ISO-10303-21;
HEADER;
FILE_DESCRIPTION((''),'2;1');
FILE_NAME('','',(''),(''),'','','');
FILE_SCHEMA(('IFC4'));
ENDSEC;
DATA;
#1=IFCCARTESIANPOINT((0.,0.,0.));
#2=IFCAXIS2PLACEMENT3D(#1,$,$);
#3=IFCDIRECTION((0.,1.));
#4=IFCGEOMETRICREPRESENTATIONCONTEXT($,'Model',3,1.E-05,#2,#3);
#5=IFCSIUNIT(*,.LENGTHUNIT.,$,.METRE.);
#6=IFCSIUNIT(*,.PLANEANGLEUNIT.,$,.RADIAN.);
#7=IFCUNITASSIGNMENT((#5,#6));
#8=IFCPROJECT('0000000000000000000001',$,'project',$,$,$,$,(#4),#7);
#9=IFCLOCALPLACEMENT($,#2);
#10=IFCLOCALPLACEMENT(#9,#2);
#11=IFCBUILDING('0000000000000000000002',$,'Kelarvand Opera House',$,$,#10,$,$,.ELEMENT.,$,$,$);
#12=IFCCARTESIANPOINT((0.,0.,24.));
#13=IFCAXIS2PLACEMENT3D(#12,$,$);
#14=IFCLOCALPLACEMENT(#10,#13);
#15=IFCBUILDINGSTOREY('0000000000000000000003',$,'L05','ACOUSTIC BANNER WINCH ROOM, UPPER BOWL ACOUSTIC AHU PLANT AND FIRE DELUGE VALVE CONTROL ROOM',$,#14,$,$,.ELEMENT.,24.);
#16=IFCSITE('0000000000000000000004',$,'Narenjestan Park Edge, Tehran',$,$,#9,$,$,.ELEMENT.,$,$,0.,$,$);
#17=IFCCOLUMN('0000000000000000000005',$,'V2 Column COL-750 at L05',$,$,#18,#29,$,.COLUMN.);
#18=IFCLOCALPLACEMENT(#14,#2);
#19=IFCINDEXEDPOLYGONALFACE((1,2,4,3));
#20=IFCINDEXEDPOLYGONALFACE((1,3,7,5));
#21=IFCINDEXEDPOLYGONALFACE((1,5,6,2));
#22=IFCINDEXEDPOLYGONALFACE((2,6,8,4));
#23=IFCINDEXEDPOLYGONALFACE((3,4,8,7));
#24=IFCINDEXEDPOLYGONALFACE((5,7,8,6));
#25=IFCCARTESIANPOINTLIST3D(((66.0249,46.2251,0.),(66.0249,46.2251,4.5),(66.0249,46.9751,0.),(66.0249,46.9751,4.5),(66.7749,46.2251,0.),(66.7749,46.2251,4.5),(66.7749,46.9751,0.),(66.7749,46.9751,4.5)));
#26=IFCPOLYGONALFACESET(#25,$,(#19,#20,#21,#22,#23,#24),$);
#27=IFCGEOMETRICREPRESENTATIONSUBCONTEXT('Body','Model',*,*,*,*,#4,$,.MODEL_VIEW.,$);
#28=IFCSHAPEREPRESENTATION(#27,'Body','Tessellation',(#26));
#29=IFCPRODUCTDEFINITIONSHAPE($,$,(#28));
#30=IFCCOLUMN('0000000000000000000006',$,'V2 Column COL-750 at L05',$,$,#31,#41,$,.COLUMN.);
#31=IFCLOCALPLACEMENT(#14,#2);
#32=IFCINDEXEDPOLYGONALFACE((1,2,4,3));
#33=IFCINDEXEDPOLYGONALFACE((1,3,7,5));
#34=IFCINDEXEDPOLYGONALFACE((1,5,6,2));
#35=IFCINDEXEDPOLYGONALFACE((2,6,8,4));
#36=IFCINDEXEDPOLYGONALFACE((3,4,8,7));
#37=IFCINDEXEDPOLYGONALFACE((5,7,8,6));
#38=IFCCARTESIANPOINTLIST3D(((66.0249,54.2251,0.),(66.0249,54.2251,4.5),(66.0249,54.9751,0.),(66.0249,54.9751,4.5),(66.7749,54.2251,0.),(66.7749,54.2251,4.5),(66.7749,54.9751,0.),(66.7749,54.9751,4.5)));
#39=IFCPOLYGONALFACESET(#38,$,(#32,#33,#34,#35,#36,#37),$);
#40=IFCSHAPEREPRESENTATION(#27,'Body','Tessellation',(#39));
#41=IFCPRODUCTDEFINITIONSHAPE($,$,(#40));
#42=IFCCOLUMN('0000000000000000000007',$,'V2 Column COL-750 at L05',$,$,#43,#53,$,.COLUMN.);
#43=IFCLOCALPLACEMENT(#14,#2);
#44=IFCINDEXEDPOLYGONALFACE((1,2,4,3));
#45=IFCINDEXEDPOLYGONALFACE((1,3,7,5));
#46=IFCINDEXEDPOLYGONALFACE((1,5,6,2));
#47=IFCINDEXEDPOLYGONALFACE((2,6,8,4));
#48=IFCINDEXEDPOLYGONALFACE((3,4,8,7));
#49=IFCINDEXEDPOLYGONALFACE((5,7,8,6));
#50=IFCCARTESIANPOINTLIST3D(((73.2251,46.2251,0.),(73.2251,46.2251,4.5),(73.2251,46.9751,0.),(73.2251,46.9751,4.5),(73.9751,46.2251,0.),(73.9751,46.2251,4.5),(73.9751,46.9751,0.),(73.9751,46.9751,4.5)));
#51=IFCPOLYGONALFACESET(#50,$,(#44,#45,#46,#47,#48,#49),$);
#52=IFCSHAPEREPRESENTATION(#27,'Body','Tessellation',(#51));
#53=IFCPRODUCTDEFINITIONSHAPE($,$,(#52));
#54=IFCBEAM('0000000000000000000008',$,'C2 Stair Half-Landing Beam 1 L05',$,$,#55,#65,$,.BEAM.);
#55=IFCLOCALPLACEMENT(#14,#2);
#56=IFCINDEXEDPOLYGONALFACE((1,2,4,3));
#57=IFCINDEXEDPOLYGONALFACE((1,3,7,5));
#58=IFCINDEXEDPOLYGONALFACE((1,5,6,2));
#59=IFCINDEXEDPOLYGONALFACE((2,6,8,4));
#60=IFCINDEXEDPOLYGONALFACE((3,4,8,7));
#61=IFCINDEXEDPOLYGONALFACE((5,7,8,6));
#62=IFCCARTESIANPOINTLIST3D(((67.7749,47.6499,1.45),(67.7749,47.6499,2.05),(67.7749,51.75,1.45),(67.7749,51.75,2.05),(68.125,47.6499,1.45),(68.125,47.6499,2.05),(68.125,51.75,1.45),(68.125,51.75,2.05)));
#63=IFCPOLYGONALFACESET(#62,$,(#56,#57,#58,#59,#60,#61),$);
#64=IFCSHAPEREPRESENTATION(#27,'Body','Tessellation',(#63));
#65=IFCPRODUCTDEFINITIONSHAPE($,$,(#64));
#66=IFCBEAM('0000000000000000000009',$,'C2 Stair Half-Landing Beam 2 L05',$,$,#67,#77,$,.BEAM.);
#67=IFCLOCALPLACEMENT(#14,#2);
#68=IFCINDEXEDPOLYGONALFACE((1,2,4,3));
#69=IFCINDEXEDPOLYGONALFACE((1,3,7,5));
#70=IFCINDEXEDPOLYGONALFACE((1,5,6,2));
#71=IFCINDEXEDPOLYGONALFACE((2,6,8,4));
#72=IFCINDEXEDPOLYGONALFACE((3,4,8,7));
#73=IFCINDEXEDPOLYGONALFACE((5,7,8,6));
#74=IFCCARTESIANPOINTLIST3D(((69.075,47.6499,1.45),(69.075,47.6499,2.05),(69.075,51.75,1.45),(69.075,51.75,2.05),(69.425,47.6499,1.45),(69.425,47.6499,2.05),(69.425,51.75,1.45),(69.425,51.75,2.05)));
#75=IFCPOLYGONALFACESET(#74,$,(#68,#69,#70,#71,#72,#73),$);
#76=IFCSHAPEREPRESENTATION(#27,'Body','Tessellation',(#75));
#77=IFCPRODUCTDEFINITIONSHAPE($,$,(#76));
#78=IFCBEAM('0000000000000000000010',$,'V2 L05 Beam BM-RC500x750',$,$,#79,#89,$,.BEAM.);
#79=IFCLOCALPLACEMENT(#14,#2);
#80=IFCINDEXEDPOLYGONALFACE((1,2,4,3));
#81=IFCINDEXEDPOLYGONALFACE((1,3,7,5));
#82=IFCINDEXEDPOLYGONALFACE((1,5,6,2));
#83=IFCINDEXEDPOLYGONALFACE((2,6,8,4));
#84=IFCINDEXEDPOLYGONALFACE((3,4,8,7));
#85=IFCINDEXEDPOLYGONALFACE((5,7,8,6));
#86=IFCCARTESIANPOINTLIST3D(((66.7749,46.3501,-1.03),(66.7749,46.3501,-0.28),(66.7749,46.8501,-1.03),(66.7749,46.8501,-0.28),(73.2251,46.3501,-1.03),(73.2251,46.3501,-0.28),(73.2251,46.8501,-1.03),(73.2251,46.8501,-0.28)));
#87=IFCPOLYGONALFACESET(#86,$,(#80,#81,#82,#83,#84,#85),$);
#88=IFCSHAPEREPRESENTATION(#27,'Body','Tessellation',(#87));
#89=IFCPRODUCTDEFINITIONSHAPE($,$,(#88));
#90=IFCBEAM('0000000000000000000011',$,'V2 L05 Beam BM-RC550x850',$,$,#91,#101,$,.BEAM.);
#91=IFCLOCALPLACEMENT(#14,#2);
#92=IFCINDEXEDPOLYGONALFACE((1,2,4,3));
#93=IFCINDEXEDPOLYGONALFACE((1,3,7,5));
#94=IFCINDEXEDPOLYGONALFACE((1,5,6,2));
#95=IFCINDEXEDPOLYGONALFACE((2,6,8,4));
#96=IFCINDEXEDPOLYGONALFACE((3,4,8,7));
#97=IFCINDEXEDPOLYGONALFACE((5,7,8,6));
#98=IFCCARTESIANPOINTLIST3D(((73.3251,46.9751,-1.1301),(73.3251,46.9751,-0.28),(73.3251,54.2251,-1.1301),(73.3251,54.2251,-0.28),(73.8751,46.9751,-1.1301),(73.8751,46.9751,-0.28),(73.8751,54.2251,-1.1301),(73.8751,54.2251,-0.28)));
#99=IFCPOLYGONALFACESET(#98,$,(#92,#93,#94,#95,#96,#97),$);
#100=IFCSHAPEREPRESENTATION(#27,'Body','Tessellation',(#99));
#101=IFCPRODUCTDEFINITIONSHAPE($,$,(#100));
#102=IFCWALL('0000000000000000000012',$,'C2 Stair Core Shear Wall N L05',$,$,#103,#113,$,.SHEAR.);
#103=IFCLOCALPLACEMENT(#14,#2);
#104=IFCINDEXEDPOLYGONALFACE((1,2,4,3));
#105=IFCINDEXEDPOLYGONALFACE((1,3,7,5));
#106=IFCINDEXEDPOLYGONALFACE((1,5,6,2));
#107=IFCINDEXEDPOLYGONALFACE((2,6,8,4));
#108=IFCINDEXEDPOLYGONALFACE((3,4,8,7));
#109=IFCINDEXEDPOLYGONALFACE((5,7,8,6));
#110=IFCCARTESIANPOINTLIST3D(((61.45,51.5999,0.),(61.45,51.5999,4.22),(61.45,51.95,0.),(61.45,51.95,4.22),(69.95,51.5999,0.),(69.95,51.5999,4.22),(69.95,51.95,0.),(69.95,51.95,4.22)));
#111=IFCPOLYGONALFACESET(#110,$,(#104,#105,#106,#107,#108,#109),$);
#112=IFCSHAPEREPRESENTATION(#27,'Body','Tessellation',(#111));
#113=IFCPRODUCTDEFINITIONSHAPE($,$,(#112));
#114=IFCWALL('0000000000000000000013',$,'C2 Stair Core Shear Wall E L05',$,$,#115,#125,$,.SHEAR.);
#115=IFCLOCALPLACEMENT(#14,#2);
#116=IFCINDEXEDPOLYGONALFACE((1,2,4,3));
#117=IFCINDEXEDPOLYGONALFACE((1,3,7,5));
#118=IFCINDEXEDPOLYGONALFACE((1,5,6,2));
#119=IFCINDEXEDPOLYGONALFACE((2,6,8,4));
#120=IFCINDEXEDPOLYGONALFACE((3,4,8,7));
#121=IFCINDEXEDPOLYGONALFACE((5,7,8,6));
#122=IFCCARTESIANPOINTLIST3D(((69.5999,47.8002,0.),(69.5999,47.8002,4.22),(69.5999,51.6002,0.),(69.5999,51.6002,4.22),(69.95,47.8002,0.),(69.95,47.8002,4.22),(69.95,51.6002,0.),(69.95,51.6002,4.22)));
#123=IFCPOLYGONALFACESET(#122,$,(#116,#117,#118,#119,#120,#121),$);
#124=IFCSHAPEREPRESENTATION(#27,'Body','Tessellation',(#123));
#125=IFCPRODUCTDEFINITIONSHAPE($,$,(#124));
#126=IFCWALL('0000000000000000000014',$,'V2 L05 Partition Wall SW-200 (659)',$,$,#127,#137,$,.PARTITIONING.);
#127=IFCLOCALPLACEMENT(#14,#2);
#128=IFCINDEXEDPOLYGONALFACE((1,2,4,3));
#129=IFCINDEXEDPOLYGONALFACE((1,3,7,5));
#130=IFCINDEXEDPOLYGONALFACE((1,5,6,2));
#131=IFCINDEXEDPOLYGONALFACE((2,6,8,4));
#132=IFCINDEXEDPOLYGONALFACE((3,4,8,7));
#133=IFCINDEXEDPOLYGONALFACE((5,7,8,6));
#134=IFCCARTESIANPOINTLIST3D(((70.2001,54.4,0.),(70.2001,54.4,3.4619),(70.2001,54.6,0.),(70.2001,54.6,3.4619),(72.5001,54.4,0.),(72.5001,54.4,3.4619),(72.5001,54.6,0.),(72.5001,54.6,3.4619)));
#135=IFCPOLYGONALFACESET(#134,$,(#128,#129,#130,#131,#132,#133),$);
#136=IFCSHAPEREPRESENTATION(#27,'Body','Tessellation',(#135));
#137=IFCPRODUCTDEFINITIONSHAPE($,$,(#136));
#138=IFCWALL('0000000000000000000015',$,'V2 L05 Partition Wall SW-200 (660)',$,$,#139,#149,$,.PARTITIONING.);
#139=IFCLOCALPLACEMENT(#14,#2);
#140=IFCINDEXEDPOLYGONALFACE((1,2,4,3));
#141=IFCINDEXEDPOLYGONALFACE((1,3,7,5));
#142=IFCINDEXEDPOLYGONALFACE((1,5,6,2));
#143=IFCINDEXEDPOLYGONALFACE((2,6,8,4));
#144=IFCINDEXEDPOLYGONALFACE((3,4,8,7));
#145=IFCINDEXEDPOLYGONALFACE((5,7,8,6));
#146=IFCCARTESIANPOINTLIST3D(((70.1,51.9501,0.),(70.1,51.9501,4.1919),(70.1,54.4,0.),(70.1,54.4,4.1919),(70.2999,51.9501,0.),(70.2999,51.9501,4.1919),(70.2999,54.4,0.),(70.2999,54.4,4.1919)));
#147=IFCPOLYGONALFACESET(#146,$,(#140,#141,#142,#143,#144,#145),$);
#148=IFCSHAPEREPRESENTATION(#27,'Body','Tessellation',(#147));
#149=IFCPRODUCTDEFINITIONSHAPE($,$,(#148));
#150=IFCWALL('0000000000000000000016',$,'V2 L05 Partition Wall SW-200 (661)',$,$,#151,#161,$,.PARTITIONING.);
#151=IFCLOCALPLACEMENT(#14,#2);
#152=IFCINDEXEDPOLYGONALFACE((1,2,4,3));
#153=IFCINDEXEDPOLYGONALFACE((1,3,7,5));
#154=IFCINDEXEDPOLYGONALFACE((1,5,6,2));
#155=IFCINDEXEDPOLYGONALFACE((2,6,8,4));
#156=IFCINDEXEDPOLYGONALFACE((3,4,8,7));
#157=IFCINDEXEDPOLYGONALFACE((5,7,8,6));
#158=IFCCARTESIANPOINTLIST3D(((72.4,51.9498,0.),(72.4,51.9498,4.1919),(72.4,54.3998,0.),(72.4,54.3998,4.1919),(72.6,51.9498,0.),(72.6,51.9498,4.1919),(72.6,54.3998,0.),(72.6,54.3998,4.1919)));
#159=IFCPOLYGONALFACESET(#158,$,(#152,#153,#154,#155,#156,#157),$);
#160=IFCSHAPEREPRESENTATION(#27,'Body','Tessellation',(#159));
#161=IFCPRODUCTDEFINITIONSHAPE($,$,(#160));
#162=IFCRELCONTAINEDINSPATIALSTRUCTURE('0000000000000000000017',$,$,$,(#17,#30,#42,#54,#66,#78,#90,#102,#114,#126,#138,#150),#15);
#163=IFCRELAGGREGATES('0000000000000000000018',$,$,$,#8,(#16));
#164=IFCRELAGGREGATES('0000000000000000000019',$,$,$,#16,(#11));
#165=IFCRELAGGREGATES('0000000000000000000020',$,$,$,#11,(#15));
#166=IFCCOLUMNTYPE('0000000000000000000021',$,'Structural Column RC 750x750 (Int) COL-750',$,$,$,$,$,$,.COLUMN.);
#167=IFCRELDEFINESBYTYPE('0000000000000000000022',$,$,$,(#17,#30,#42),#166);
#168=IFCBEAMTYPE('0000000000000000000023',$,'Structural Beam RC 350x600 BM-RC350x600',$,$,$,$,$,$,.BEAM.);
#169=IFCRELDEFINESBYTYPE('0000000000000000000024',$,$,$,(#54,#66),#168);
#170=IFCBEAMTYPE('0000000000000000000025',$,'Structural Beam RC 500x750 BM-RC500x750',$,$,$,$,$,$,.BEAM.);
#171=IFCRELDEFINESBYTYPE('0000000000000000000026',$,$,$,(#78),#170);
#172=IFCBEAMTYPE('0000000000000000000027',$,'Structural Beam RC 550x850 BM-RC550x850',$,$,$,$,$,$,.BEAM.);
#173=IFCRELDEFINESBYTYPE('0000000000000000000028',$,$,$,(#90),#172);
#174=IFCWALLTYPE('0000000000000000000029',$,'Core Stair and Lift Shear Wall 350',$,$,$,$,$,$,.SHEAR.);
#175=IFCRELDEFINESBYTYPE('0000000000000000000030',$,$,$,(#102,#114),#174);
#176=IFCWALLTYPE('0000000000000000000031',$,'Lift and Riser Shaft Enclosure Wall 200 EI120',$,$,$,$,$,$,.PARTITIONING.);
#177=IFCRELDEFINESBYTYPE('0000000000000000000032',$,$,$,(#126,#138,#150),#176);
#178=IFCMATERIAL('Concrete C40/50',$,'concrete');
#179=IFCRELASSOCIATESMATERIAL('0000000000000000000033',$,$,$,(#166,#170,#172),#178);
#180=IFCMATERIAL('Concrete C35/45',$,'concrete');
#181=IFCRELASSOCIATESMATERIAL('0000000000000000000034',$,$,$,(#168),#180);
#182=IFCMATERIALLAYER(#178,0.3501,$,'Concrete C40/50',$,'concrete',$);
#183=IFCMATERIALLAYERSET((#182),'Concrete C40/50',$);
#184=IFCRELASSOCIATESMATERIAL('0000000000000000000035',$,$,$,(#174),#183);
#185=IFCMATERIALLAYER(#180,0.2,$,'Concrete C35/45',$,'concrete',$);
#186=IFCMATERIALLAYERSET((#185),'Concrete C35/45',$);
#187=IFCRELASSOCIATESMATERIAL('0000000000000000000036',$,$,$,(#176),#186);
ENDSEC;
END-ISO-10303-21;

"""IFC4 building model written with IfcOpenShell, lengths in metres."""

from ifc_helpers import new_model, si_unit, direction, frame, frame_2d, origin, origin_2d, place, context, subcontext, project, spatial, rectangle, extrude, material, layer, layer_set, material_profile, profile_set, type_object, element, save


model = new_model("IFC4")

# Units and contexts
model_context = context("Model", 3, precision=1e-05, world=origin(), true_north=direction((0.0, 1.0)))
body_context = subcontext(model_context, "Body", "Model", "MODEL_VIEW")
ifc_project = project(units=[si_unit("LENGTHUNIT", "METRE"), si_unit("PLANEANGLEUNIT", "RADIAN")], contexts=[model_context])

# Site, building, storey
site_placement = place(None, origin())
site = spatial("IfcSite", under=ifc_project, at=site_placement, Name="Narenjestan Park Edge, Tehran", CompositionType="ELEMENT", RefElevation=0.0)
building_placement = place(site_placement, origin())
building = spatial("IfcBuilding", under=site, at=building_placement, Name="Kelarvand Opera House", CompositionType="ELEMENT")
storey_placement = place(building_placement, frame((0.0, 0.0, 24.0)))
storey = spatial("IfcBuildingStorey", under=building, at=storey_placement, Name="L05", Description="ACOUSTIC BANNER WINCH ROOM, UPPER BOWL ACOUSTIC AHU PLANT AND FIRE DELUGE VALVE CONTROL ROOM", CompositionType="ELEMENT", Elevation=24.0)

# Columns
ifc_material_1 = material(Name="Concrete C40/50", Category="concrete")
ifc_material_profile_1 = material_profile(ifc_material_1, rectangle(XDim=0.75, YDim=0.75, at=origin_2d()), Name="RC 750x750", Category="concrete")
ifc_profile_set_1 = profile_set([ifc_material_profile_1], Name="Concrete C40/50")
column_type = type_object("IfcColumnType", Name="Structural Column RC 750x750 (Int) COL-750", PredefinedType="COLUMN", material=ifc_profile_set_1)
for number, where, z_axis, x_axis, name in (
    (1, (66.3999, 46.6001, 0.0), (0.0, 0.0, 1.0), (1.0, 0.0, 0.0), "V2 Column COL-750 at L05"),
    (2, (66.3999, 54.6001, 0.0), (0.0, 0.0, 1.0), (1.0, 0.0, 0.0), "V2 Column COL-750 at L05"),
    (3, (73.6001, 46.6001, 0.0), (0.0, 0.0, 1.0), (1.0, 0.0, 0.0), "V2 Column COL-750 at L05"),
):
    element("IfcColumn", number, at=place(storey_placement, frame(where, z_axis=z_axis, x_axis=x_axis)), inside=storey, type_object=column_type, Name=name, PredefinedType="COLUMN", context=body_context, shape_type="SweptSolid", body=[
        extrude(rectangle(XDim=0.75, YDim=0.75, at=origin_2d()), origin(), (0.0, 0.0, 1.0), 4.5),
    ])

# Beams
ifc_material_2 = material(Name="Concrete C35/45", Category="concrete")
ifc_material_profile_2 = material_profile(ifc_material_2, rectangle(XDim=0.3501, YDim=0.6001, at=origin_2d()), Name="RC 350x600", Category="concrete")
ifc_profile_set_2 = profile_set([ifc_material_profile_2], Name="Concrete C35/45")
beam_type_1 = type_object("IfcBeamType", Name="Structural Beam RC 350x600 BM-RC350x600", PredefinedType="BEAM", material=ifc_profile_set_2)
for number, where, z_axis, x_axis, name in (
    (4, (67.95, 47.6499, 1.75), (0.0, 1.0, 0.0), (-1.0, 0.0, 0.0), "C2 Stair Half-Landing Beam 1 L05"),
    (5, (69.25, 47.6499, 1.75), (0.0, 1.0, 0.0), (-1.0, 0.0, 0.0), "C2 Stair Half-Landing Beam 2 L05"),
):
    element("IfcBeam", number, at=place(storey_placement, frame(where, z_axis=z_axis, x_axis=x_axis)), inside=storey, type_object=beam_type_1, Name=name, PredefinedType="BEAM", context=body_context, shape_type="SweptSolid", body=[
        extrude(rectangle(XDim=0.3501, YDim=0.6001, at=origin_2d()), origin(), (0.0, 0.0, 1.0), 4.1001),
    ])
ifc_material_profile_3 = material_profile(ifc_material_1, rectangle(XDim=0.5, YDim=0.75, at=origin_2d()), Name="RC 500x750", Category="concrete")
ifc_profile_set_3 = profile_set([ifc_material_profile_3], Name="Concrete C40/50")
beam_type_2 = type_object("IfcBeamType", Name="Structural Beam RC 500x750 BM-RC500x750", PredefinedType="BEAM", material=ifc_profile_set_3)
beam_1_placement = place(storey_placement, frame((66.7749, 46.6001, -0.655), z_axis=(1.0, 0.0, 0.0), x_axis=(0.0, 1.0, 0.0)))
element("IfcBeam", 6, at=beam_1_placement, inside=storey, type_object=beam_type_2, Name="V2 L05 Beam BM-RC500x750", PredefinedType="BEAM", context=body_context, shape_type="SweptSolid", body=[
    extrude(rectangle(XDim=0.5, YDim=0.75, at=origin_2d()), origin(), (0.0, 0.0, 1.0), 6.4502),
])
ifc_material_profile_4 = material_profile(ifc_material_1, rectangle(XDim=0.55, YDim=0.8501, at=origin_2d()), Name="RC 550x850", Category="concrete")
ifc_profile_set_4 = profile_set([ifc_material_profile_4], Name="Concrete C40/50")
beam_type_3 = type_object("IfcBeamType", Name="Structural Beam RC 550x850 BM-RC550x850", PredefinedType="BEAM", material=ifc_profile_set_4)
beam_2_placement = place(storey_placement, frame((73.6001, 46.9751, -0.7051), z_axis=(0.0, 1.0, 0.0), x_axis=(-1.0, 0.0, 0.0)))
element("IfcBeam", 7, at=beam_2_placement, inside=storey, type_object=beam_type_3, Name="V2 L05 Beam BM-RC550x850", PredefinedType="BEAM", context=body_context, shape_type="SweptSolid", body=[
    extrude(rectangle(XDim=0.55, YDim=0.8501, at=origin_2d()), origin(), (0.0, 0.0, 1.0), 7.25),
])

# Walls
ifc_layer_1 = layer(ifc_material_1, 0.3501, Name="Concrete C40/50", Category="concrete")
ifc_layer_set_1 = layer_set([ifc_layer_1], Name="Concrete C40/50")
wall_type_1 = type_object("IfcWallType", Name="Core Stair and Lift Shear Wall 350", PredefinedType="SHEAR", material=ifc_layer_set_1)
wall_1_placement = place(storey_placement, frame((69.95, 51.7749, 0.0), z_axis=(0.0, 0.0, 1.0), x_axis=(-1.0, 0.0, 0.0)))
element("IfcWall", 8, at=wall_1_placement, inside=storey, type_object=wall_type_1, Name="C2 Stair Core Shear Wall N L05", PredefinedType="SHEAR", context=body_context, shape_type="SweptSolid", body=[
    extrude(rectangle(XDim=8.5, YDim=0.3501, at=frame_2d((4.25, 0.0))), origin(), (0.0, 0.0, 1.0), 4.22),
])
wall_2_placement = place(storey_placement, frame((69.7749, 51.6001, 0.0), z_axis=(0.0, 0.0, 1.0), x_axis=(0.0, -1.0, 0.0)))
element("IfcWall", 9, at=wall_2_placement, inside=storey, type_object=wall_type_1, Name="C2 Stair Core Shear Wall E L05", PredefinedType="SHEAR", context=body_context, shape_type="SweptSolid", body=[
    extrude(rectangle(XDim=3.8, YDim=0.3501, at=frame_2d((1.8999, 0.0))), origin(), (0.0, 0.0, 1.0), 4.22),
])

# Shared definitions
ifc_layer_2 = layer(ifc_material_2, 0.2, Name="Concrete C35/45", Category="concrete")
ifc_layer_set_2 = layer_set([ifc_layer_2], Name="Concrete C35/45")
wall_type_2 = type_object("IfcWallType", Name="Lift and Riser Shaft Enclosure Wall 200 EI120", PredefinedType="PARTITIONING", material=ifc_layer_set_2)

# Walls
wall_3_placement = place(storey_placement, frame((72.5, 54.5, 0.0), z_axis=(0.0, 0.0, 1.0), x_axis=(-1.0, 0.0, 0.0)))
element("IfcWall", 10, at=wall_3_placement, inside=storey, type_object=wall_type_2, Name="V2 L05 Partition Wall SW-200 (659)", PredefinedType="PARTITIONING", context=body_context, shape_type="SweptSolid", body=[
    extrude(rectangle(XDim=2.3, YDim=0.2, at=frame_2d((1.1499, 0.0))), origin(), (0.0, 0.0, 1.0), 3.4619),
])
for number, where, z_axis, x_axis, name in (
    (11, (70.2, 51.95, 0.0), (0.0, 0.0, 1.0), (0.0, 1.0, 0.0), "V2 L05 Partition Wall SW-200 (660)"),
    (12, (72.5, 54.3999, 0.0), (0.0, 0.0, 1.0), (0.0, -1.0, 0.0), "V2 L05 Partition Wall SW-200 (661)"),
):
    element("IfcWall", number, at=place(storey_placement, frame(where, z_axis=z_axis, x_axis=x_axis)), inside=storey, type_object=wall_type_2, Name=name, PredefinedType="PARTITIONING", context=body_context, shape_type="SweptSolid", body=[
        extrude(rectangle(XDim=2.45, YDim=0.2, at=frame_2d((1.2251, 0.0))), origin(), (0.0, 0.0, 1.0), 4.1919),
    ])

save(model, "model.ifc")
